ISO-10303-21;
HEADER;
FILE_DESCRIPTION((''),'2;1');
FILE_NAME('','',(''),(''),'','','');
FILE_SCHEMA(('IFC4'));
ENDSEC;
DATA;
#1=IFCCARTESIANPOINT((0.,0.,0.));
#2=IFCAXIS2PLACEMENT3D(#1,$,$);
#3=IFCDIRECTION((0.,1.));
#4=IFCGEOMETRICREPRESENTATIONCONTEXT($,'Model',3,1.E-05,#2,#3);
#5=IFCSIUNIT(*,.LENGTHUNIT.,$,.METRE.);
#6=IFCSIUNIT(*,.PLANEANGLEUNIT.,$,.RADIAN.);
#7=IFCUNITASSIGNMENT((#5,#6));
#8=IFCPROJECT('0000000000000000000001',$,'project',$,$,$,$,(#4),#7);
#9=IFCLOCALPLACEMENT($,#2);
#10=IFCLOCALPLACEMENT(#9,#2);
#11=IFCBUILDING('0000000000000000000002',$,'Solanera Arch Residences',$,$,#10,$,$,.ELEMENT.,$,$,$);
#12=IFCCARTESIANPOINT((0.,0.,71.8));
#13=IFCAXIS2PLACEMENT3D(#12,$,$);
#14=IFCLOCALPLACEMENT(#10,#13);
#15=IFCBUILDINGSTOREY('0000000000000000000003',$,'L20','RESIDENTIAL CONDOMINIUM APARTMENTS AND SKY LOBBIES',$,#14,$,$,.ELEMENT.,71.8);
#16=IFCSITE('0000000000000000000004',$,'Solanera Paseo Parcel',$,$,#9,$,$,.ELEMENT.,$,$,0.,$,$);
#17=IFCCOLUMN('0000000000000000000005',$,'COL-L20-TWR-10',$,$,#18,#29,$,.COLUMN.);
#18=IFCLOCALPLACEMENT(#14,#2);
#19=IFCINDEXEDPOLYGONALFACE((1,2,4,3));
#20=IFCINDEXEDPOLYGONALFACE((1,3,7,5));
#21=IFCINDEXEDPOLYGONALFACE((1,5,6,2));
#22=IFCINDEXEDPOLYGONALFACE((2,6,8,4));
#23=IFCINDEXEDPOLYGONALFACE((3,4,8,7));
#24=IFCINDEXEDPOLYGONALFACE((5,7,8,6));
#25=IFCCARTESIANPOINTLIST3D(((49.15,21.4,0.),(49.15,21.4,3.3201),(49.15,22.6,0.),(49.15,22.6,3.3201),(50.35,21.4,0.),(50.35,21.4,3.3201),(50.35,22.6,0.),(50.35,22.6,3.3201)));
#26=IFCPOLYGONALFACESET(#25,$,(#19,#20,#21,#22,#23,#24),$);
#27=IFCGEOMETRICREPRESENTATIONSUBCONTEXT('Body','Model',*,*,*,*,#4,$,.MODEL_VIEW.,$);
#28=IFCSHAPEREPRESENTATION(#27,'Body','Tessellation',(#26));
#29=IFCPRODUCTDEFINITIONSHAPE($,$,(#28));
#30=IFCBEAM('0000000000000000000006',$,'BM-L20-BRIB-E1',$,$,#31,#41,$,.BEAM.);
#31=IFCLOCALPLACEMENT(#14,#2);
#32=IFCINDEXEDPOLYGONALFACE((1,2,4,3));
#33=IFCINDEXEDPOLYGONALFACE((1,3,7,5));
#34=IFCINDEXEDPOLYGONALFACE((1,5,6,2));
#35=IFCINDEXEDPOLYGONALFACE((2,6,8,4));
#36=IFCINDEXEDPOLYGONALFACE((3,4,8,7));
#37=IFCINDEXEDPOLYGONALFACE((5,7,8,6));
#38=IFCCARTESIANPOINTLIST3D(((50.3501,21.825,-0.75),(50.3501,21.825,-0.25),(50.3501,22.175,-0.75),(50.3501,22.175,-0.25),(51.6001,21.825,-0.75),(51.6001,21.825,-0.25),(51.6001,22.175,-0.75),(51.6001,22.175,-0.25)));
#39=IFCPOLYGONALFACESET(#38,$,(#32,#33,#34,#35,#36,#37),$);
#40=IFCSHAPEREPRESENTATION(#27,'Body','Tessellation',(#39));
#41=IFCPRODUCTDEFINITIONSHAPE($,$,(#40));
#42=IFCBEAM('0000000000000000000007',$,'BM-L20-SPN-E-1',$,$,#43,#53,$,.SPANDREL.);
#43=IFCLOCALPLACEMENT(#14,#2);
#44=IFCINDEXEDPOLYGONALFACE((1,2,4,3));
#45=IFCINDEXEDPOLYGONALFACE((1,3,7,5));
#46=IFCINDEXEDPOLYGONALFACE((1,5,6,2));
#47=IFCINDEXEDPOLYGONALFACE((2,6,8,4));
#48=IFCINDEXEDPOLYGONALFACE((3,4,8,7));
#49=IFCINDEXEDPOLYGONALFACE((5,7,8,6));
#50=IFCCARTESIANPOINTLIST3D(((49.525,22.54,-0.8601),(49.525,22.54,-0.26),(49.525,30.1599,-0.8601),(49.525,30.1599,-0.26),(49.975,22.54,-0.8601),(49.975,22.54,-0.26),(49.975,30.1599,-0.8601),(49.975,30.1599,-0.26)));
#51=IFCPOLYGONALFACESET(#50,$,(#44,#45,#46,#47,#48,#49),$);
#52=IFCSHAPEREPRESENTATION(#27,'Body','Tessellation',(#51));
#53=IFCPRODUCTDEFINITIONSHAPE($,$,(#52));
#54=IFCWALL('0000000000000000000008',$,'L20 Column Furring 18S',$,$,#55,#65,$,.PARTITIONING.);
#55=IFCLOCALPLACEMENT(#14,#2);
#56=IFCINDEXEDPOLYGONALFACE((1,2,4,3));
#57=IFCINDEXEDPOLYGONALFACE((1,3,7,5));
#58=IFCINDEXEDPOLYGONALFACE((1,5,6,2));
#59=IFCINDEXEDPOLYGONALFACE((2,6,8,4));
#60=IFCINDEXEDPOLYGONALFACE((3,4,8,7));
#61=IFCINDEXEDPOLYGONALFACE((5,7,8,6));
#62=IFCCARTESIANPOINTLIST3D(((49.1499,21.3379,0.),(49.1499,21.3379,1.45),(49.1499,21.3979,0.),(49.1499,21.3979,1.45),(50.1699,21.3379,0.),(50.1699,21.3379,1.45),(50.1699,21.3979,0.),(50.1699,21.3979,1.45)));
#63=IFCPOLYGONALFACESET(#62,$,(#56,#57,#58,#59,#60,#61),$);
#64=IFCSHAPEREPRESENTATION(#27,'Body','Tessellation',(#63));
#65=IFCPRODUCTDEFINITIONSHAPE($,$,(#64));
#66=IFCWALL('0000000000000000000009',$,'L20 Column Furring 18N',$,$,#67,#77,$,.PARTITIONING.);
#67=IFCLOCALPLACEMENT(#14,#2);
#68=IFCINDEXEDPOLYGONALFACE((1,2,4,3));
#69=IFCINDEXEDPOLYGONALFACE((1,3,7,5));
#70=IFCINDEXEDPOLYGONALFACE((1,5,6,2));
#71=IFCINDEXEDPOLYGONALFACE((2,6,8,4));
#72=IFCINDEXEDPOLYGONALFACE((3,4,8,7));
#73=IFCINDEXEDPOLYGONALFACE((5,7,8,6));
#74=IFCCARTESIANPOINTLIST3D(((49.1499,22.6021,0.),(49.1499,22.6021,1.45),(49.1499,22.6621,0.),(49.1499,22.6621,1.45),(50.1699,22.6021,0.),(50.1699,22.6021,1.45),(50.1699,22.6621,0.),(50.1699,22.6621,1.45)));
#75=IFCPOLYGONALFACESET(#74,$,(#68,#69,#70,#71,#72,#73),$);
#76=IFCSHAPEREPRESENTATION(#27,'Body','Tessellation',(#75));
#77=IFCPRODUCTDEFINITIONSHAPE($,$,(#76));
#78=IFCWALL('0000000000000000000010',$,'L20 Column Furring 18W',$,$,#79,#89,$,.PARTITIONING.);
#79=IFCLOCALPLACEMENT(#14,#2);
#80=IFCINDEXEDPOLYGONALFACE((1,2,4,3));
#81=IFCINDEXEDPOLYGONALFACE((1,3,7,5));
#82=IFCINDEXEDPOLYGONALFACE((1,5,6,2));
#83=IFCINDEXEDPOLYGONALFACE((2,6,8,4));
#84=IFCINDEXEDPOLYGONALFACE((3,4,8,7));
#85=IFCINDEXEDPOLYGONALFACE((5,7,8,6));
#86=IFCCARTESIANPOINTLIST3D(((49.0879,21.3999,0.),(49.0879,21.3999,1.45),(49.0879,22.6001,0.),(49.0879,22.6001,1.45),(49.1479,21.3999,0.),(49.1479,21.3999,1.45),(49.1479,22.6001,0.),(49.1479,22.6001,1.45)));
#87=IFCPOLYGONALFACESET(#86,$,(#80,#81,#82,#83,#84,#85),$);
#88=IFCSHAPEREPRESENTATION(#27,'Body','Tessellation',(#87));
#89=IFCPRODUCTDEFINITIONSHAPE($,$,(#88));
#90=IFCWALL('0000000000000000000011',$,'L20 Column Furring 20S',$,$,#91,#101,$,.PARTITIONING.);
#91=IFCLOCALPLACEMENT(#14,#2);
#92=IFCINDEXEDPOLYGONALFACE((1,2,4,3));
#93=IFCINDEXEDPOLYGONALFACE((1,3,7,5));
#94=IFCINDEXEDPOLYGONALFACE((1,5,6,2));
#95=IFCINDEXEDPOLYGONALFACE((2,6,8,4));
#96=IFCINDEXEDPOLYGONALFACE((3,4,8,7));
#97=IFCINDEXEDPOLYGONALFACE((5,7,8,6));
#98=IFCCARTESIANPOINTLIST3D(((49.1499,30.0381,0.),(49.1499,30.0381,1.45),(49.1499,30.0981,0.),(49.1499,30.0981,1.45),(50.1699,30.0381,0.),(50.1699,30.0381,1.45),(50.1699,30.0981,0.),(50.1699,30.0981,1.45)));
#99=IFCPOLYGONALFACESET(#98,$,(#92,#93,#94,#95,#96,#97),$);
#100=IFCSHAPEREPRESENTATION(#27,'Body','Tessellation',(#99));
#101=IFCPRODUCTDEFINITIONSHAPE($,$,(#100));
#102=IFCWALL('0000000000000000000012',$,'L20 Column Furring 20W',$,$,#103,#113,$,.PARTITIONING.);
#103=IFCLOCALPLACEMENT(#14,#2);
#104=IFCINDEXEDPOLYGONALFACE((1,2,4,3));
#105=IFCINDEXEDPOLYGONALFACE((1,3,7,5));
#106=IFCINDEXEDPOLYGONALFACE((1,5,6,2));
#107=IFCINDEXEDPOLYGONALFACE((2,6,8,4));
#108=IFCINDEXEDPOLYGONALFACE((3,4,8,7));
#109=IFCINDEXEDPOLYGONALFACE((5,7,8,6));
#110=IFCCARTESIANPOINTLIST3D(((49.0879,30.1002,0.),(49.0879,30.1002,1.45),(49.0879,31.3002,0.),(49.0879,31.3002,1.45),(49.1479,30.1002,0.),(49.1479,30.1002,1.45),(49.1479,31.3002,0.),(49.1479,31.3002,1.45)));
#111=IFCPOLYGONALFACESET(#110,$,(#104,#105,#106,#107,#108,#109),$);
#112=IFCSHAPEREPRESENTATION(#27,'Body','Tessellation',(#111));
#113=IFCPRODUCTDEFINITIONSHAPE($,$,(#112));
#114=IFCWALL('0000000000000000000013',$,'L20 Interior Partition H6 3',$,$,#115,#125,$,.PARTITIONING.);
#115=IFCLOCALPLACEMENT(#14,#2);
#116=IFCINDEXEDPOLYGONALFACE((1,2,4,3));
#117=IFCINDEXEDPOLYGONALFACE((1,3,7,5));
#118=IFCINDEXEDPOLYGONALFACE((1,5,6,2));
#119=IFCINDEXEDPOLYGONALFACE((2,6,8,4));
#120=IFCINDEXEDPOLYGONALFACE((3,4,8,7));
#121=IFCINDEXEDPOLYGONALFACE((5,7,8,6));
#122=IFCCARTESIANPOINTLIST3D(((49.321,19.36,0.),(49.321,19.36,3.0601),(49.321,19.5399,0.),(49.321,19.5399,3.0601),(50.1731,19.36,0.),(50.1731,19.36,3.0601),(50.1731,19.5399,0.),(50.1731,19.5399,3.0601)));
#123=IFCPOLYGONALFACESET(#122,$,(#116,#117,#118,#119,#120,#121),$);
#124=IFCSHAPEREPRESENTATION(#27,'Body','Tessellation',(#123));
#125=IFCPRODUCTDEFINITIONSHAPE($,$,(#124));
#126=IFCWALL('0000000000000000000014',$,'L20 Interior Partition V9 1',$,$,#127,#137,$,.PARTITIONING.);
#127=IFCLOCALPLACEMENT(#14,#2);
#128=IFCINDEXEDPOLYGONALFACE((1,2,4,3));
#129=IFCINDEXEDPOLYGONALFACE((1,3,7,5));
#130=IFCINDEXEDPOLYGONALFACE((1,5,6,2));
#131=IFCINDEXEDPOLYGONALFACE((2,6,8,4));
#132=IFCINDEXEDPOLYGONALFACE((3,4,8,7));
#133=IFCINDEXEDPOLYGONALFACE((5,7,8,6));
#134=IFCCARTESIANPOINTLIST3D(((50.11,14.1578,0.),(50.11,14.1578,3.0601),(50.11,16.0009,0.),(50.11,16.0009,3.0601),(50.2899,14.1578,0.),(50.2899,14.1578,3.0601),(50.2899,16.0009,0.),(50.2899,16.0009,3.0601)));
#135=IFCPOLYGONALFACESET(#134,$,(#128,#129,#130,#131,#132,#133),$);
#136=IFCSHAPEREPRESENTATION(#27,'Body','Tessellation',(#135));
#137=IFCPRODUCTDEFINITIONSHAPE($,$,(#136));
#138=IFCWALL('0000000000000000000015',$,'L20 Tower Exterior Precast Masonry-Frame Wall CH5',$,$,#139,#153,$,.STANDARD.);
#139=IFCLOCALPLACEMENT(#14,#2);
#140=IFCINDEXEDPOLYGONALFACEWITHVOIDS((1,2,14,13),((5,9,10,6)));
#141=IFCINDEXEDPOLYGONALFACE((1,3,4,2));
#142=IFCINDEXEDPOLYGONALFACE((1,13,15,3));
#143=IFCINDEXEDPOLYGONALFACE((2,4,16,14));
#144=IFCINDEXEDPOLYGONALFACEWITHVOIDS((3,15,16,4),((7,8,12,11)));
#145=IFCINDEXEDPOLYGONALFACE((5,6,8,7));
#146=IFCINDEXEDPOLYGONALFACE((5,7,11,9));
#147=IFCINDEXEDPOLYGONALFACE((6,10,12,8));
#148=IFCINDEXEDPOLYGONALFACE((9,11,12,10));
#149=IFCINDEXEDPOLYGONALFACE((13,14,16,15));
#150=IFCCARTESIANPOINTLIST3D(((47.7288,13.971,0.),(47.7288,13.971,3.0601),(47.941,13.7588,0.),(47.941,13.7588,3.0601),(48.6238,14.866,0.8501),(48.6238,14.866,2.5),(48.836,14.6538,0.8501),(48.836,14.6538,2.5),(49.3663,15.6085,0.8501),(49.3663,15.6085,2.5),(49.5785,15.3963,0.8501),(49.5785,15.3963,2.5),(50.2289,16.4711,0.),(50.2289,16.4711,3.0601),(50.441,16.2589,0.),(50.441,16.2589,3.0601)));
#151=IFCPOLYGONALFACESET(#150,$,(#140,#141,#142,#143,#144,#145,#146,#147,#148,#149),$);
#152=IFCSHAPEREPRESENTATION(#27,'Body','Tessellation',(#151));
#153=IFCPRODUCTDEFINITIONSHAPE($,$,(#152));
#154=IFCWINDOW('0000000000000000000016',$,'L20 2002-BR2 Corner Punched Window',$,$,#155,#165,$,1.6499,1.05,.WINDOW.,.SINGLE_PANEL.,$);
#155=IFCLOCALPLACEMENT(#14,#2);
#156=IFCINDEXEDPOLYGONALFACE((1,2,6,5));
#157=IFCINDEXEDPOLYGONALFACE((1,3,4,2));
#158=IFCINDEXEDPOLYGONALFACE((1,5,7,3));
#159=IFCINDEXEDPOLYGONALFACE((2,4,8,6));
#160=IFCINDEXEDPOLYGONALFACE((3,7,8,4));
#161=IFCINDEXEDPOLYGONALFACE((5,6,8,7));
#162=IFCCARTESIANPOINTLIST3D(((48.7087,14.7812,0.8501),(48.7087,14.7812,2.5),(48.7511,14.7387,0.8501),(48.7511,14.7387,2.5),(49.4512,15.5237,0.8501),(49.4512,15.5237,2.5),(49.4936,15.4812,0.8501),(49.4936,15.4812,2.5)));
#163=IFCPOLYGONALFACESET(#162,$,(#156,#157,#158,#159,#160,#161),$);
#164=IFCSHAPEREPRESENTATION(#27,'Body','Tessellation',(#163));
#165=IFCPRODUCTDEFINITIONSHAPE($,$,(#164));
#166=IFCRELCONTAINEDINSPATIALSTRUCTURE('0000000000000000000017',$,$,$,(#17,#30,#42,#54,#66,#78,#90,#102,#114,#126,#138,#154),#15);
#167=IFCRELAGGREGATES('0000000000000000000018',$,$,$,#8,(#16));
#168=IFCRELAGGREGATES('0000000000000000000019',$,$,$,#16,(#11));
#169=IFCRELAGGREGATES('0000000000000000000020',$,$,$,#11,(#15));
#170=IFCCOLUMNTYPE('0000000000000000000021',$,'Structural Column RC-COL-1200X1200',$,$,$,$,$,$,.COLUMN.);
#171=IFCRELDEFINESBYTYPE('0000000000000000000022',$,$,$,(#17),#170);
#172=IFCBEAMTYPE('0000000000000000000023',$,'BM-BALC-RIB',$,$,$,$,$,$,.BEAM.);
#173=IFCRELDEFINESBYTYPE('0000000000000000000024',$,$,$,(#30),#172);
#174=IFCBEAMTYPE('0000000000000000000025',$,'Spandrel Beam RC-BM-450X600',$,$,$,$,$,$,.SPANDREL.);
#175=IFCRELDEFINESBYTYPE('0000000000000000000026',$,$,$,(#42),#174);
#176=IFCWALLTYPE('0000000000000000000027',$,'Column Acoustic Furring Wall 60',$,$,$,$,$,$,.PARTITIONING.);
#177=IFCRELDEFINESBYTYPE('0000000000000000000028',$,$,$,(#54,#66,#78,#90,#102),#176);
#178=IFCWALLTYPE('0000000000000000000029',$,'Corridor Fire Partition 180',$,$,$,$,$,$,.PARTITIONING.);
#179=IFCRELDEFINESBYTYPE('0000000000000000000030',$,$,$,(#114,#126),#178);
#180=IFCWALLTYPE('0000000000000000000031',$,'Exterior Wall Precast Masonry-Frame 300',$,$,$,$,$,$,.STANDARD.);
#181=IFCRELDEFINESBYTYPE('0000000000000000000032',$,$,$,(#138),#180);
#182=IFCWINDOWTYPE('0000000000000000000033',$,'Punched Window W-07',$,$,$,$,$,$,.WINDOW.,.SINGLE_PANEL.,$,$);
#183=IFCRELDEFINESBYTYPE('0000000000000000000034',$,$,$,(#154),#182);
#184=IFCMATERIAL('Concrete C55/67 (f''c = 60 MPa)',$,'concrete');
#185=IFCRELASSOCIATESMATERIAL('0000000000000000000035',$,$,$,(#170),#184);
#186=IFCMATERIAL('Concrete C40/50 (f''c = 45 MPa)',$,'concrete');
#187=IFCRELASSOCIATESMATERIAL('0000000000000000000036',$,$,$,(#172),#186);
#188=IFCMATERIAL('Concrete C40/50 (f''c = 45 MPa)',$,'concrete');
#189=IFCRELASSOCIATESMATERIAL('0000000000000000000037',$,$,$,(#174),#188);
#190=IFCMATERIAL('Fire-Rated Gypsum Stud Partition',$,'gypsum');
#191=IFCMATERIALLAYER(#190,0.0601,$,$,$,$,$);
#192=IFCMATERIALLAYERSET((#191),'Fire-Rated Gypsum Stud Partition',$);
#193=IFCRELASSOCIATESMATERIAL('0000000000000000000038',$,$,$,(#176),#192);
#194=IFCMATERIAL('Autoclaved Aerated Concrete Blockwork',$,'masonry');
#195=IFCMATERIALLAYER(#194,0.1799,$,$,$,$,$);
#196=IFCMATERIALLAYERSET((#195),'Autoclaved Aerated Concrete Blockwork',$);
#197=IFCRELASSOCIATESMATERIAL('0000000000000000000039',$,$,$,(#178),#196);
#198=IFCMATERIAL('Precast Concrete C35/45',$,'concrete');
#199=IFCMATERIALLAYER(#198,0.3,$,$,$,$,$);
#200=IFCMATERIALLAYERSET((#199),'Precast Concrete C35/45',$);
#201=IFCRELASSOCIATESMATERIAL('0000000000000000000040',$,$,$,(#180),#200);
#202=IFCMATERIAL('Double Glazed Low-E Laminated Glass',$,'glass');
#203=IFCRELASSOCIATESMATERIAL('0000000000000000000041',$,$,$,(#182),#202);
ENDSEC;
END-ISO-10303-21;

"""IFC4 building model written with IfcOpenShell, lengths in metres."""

from ifc_helpers import new_model, si_unit, direction, frame, frame_2d, origin, origin_2d, place, context, subcontext, project, spatial, rectangle, extrude, material, layer, layer_set, material_profile, profile_set, type_object, element, fill, save


model = new_model("IFC4")

# Units and contexts
model_context = context("Model", 3, precision=1e-05, world=origin(), true_north=direction((0.0, 1.0)))
body_context = subcontext(model_context, "Body", "Model", "MODEL_VIEW")
ifc_project = project(units=[si_unit("LENGTHUNIT", "METRE"), si_unit("PLANEANGLEUNIT", "RADIAN")], contexts=[model_context])

# Site, building, storey
site_placement = place(None, origin())
site = spatial("IfcSite", under=ifc_project, at=site_placement, Name="Solanera Paseo Parcel", CompositionType="ELEMENT", RefElevation=0.0)
building_placement = place(site_placement, origin())
building = spatial("IfcBuilding", under=site, at=building_placement, Name="Solanera Arch Residences", CompositionType="ELEMENT")
storey_placement = place(building_placement, frame((0.0, 0.0, 71.8)))
storey = spatial("IfcBuildingStorey", under=building, at=storey_placement, Name="L20", Description="RESIDENTIAL CONDOMINIUM APARTMENTS AND SKY LOBBIES", CompositionType="ELEMENT", Elevation=71.8)

# Column
ifc_material_1 = material(Name="Concrete C55/67 (f'c = 60 MPa)", Category="concrete")
ifc_material_profile_1 = material_profile(ifc_material_1, rectangle(XDim=1.2, YDim=1.2, at=origin_2d()))
ifc_profile_set_1 = profile_set([ifc_material_profile_1], Name="Concrete C55/67 (f'c = 60 MPa)")
column_type = type_object("IfcColumnType", Name="Structural Column RC-COL-1200X1200", PredefinedType="COLUMN", material=ifc_profile_set_1)
column_placement = place(storey_placement, frame((49.75, 22.0, 0.0), z_axis=(0.0, 0.0, 1.0), x_axis=(1.0, 0.0, 0.0)))
element("IfcColumn", 1, at=column_placement, inside=storey, type_object=column_type, Name="COL-L20-TWR-10", PredefinedType="COLUMN", context=body_context, shape_type="SweptSolid", body=[
    extrude(rectangle(XDim=1.2, YDim=1.2, at=origin_2d()), origin(), (0.0, 0.0, 1.0), 3.3201),
])

# Beams
ifc_material_2 = material(Name="Concrete C40/50 (f'c = 45 MPa)", Category="concrete")
ifc_material_profile_2 = material_profile(ifc_material_2, rectangle(XDim=0.3501, YDim=0.5, at=origin_2d()))
ifc_profile_set_2 = profile_set([ifc_material_profile_2], Name="Concrete C40/50 (f'c = 45 MPa)")
beam_type_1 = type_object("IfcBeamType", Name="BM-BALC-RIB", PredefinedType="BEAM", material=ifc_profile_set_2)
beam_1_placement = place(storey_placement, frame((50.3501, 22.0, -0.5), z_axis=(1.0, 0.0, 0.0), x_axis=(0.0, 1.0, 0.0)))
element("IfcBeam", 2, at=beam_1_placement, inside=storey, type_object=beam_type_1, Name="BM-L20-BRIB-E1", PredefinedType="BEAM", context=body_context, shape_type="SweptSolid", body=[
    extrude(rectangle(XDim=0.3501, YDim=0.5, at=origin_2d()), origin(), (0.0, 0.0, 1.0), 1.25),
])
ifc_material_3 = material(Name="Concrete C40/50 (f'c = 45 MPa)", Category="concrete")
ifc_material_profile_3 = material_profile(ifc_material_3, rectangle(XDim=0.45, YDim=0.6001, at=origin_2d()))
ifc_profile_set_3 = profile_set([ifc_material_profile_3], Name="Concrete C40/50 (f'c = 45 MPa)")
beam_type_2 = type_object("IfcBeamType", Name="Spandrel Beam RC-BM-450X600", PredefinedType="SPANDREL", material=ifc_profile_set_3)
beam_2_placement = place(storey_placement, frame((49.75, 22.54, -0.5601), z_axis=(0.0, 1.0, 0.0), x_axis=(-1.0, 0.0, 0.0)))
element("IfcBeam", 3, at=beam_2_placement, inside=storey, type_object=beam_type_2, Name="BM-L20-SPN-E-1", PredefinedType="SPANDREL", context=body_context, shape_type="SweptSolid", body=[
    extrude(rectangle(XDim=0.45, YDim=0.6001, at=origin_2d()), origin(), (0.0, 0.0, 1.0), 7.6199),
])

# Walls
ifc_material_4 = material(Name="Fire-Rated Gypsum Stud Partition", Category="gypsum")
ifc_layer_1 = layer(ifc_material_4, 0.0601)
ifc_layer_set_1 = layer_set([ifc_layer_1], Name="Fire-Rated Gypsum Stud Partition")
wall_type_1 = type_object("IfcWallType", Name="Column Acoustic Furring Wall 60", PredefinedType="PARTITIONING", material=ifc_layer_set_1)
for number, where, z_axis, x_axis, name in (
    (4, (49.1499, 21.3679, 0.0), (0.0, 0.0, 1.0), (1.0, 0.0, 0.0), "L20 Column Furring 18S"),
    (5, (49.1499, 22.6321, 0.0), (0.0, 0.0, 1.0), (1.0, 0.0, 0.0), "L20 Column Furring 18N"),
):
    element("IfcWall", number, at=place(storey_placement, frame(where, z_axis=z_axis, x_axis=x_axis)), inside=storey, type_object=wall_type_1, Name=name, PredefinedType="PARTITIONING", context=body_context, shape_type="SweptSolid", body=[
        extrude(rectangle(XDim=1.02, YDim=0.0601, at=frame_2d((0.51, 0.0))), origin(), (0.0, 0.0, 1.0), 1.45),
    ])
wall_1_placement = place(storey_placement, frame((49.1179, 21.3999, 0.0), z_axis=(0.0, 0.0, 1.0), x_axis=(0.0, 1.0, 0.0)))
element("IfcWall", 6, at=wall_1_placement, inside=storey, type_object=wall_type_1, Name="L20 Column Furring 18W", PredefinedType="PARTITIONING", context=body_context, shape_type="SweptSolid", body=[
    extrude(rectangle(XDim=1.2002, YDim=0.0601, at=frame_2d((0.6001, 0.0))), origin(), (0.0, 0.0, 1.0), 1.45),
])
wall_2_placement = place(storey_placement, frame((49.1499, 30.0681, 0.0), z_axis=(0.0, 0.0, 1.0), x_axis=(1.0, 0.0, 0.0)))
element("IfcWall", 7, at=wall_2_placement, inside=storey, type_object=wall_type_1, Name="L20 Column Furring 20S", PredefinedType="PARTITIONING", context=body_context, shape_type="SweptSolid", body=[
    extrude(rectangle(XDim=1.02, YDim=0.0601, at=frame_2d((0.51, 0.0))), origin(), (0.0, 0.0, 1.0), 1.45),
])
wall_3_placement = place(storey_placement, frame((49.1179, 30.1001, 0.0), z_axis=(0.0, 0.0, 1.0), x_axis=(0.0, 1.0, 0.0)))
element("IfcWall", 8, at=wall_3_placement, inside=storey, type_object=wall_type_1, Name="L20 Column Furring 20W", PredefinedType="PARTITIONING", context=body_context, shape_type="SweptSolid", body=[
    extrude(rectangle(XDim=1.2, YDim=0.0601, at=frame_2d((0.6001, 0.0))), origin(), (0.0, 0.0, 1.0), 1.45),
])
ifc_material_5 = material(Name="Autoclaved Aerated Concrete Blockwork", Category="masonry")
ifc_layer_2 = layer(ifc_material_5, 0.1799)
ifc_layer_set_2 = layer_set([ifc_layer_2], Name="Autoclaved Aerated Concrete Blockwork")
wall_type_2 = type_object("IfcWallType", Name="Corridor Fire Partition 180", PredefinedType="PARTITIONING", material=ifc_layer_set_2)
wall_4_placement = place(storey_placement, frame((49.321, 19.45, 0.0), z_axis=(0.0, 0.0, 1.0), x_axis=(1.0, 0.0, 0.0)))
element("IfcWall", 9, at=wall_4_placement, inside=storey, type_object=wall_type_2, Name="L20 Interior Partition H6 3", PredefinedType="PARTITIONING", context=body_context, shape_type="SweptSolid", body=[
    extrude(rectangle(XDim=0.8521, YDim=0.1799, at=frame_2d((0.426, 0.0))), origin(), (0.0, 0.0, 1.0), 3.0601),
])
wall_5_placement = place(storey_placement, frame((50.2, 14.158, 0.0), z_axis=(0.0, 0.0, 1.0), x_axis=(0.0, 1.0, 0.0)))
element("IfcWall", 10, at=wall_5_placement, inside=storey, type_object=wall_type_2, Name="L20 Interior Partition V9 1", PredefinedType="PARTITIONING", context=body_context, shape_type="SweptSolid", body=[
    extrude(rectangle(XDim=1.843, YDim=0.1799, at=frame_2d((0.9214, 0.0))), origin(), (0.0, 0.0, 1.0), 3.0601),
])

# Wall, opening, window
ifc_material_6 = material(Name="Precast Concrete C35/45", Category="concrete")
ifc_layer_3 = layer(ifc_material_6, 0.3)
ifc_layer_set_3 = layer_set([ifc_layer_3], Name="Precast Concrete C35/45")
wall_type_3 = type_object("IfcWallType", Name="Exterior Wall Precast Masonry-Frame 300", PredefinedType="STANDARD", material=ifc_layer_set_3)
wall_6_placement = place(storey_placement, frame((50.335, 16.365, 0.0), z_axis=(0.0, 0.0, 1.0), x_axis=(-0.707107, -0.707107, 0.0)))
wall_6 = element("IfcWall", 11, at=wall_6_placement, inside=storey, type_object=wall_type_3, Name="L20 Tower Exterior Precast Masonry-Frame Wall CH5", PredefinedType="STANDARD", context=body_context, shape_type="SweptSolid", body=[
    extrude(rectangle(XDim=3.5356, YDim=0.3, at=frame_2d((1.7678, 0.0))), origin(), (0.0, 0.0, 1.0), 3.0601),
])
opening_1_placement = place(wall_6_placement, frame((1.22, 0.0, 0.8501)))
opening_1 = element("IfcOpeningElement", 12, at=opening_1_placement, cuts=wall_6, PredefinedType="OPENING", context=body_context, shape_type="SweptSolid", body=[
    extrude(rectangle(XDim=1.05, YDim=1.6499, at=frame_2d((0.5249, 0.825))), frame((0.0, 0.1599, 0.0), z_axis=(0.0, -1.0, 0.0), x_axis=(1.0, 0.0, 0.0)), (0.0, 0.0, 1.0), 0.32),
])
ifc_material_7 = material(Name="Double Glazed Low-E Laminated Glass", Category="glass")
window_type_1 = type_object("IfcWindowType", Name="Punched Window W-07", PartitioningType="SINGLE_PANEL", PredefinedType="WINDOW", material=ifc_material_7)
window_1_placement = place(opening_1_placement, origin())
window_1 = element("IfcWindow", 13, at=window_1_placement, inside=storey, type_object=window_type_1, Name="L20 2002-BR2 Corner Punched Window", OverallHeight=1.6499, OverallWidth=1.05, PartitioningType="SINGLE_PANEL", PredefinedType="WINDOW", context=body_context, shape_type="SweptSolid", body=[
    extrude(rectangle(XDim=1.05, YDim=1.6499, at=frame_2d((0.5249, 0.825))), frame((0.0, 0.03, 0.0), z_axis=(0.0, -1.0, 0.0), x_axis=(1.0, 0.0, 0.0)), (0.0, 0.0, 1.0), 0.0601),
])
fill(opening_1, window_1)

save(model, "model.ifc")
